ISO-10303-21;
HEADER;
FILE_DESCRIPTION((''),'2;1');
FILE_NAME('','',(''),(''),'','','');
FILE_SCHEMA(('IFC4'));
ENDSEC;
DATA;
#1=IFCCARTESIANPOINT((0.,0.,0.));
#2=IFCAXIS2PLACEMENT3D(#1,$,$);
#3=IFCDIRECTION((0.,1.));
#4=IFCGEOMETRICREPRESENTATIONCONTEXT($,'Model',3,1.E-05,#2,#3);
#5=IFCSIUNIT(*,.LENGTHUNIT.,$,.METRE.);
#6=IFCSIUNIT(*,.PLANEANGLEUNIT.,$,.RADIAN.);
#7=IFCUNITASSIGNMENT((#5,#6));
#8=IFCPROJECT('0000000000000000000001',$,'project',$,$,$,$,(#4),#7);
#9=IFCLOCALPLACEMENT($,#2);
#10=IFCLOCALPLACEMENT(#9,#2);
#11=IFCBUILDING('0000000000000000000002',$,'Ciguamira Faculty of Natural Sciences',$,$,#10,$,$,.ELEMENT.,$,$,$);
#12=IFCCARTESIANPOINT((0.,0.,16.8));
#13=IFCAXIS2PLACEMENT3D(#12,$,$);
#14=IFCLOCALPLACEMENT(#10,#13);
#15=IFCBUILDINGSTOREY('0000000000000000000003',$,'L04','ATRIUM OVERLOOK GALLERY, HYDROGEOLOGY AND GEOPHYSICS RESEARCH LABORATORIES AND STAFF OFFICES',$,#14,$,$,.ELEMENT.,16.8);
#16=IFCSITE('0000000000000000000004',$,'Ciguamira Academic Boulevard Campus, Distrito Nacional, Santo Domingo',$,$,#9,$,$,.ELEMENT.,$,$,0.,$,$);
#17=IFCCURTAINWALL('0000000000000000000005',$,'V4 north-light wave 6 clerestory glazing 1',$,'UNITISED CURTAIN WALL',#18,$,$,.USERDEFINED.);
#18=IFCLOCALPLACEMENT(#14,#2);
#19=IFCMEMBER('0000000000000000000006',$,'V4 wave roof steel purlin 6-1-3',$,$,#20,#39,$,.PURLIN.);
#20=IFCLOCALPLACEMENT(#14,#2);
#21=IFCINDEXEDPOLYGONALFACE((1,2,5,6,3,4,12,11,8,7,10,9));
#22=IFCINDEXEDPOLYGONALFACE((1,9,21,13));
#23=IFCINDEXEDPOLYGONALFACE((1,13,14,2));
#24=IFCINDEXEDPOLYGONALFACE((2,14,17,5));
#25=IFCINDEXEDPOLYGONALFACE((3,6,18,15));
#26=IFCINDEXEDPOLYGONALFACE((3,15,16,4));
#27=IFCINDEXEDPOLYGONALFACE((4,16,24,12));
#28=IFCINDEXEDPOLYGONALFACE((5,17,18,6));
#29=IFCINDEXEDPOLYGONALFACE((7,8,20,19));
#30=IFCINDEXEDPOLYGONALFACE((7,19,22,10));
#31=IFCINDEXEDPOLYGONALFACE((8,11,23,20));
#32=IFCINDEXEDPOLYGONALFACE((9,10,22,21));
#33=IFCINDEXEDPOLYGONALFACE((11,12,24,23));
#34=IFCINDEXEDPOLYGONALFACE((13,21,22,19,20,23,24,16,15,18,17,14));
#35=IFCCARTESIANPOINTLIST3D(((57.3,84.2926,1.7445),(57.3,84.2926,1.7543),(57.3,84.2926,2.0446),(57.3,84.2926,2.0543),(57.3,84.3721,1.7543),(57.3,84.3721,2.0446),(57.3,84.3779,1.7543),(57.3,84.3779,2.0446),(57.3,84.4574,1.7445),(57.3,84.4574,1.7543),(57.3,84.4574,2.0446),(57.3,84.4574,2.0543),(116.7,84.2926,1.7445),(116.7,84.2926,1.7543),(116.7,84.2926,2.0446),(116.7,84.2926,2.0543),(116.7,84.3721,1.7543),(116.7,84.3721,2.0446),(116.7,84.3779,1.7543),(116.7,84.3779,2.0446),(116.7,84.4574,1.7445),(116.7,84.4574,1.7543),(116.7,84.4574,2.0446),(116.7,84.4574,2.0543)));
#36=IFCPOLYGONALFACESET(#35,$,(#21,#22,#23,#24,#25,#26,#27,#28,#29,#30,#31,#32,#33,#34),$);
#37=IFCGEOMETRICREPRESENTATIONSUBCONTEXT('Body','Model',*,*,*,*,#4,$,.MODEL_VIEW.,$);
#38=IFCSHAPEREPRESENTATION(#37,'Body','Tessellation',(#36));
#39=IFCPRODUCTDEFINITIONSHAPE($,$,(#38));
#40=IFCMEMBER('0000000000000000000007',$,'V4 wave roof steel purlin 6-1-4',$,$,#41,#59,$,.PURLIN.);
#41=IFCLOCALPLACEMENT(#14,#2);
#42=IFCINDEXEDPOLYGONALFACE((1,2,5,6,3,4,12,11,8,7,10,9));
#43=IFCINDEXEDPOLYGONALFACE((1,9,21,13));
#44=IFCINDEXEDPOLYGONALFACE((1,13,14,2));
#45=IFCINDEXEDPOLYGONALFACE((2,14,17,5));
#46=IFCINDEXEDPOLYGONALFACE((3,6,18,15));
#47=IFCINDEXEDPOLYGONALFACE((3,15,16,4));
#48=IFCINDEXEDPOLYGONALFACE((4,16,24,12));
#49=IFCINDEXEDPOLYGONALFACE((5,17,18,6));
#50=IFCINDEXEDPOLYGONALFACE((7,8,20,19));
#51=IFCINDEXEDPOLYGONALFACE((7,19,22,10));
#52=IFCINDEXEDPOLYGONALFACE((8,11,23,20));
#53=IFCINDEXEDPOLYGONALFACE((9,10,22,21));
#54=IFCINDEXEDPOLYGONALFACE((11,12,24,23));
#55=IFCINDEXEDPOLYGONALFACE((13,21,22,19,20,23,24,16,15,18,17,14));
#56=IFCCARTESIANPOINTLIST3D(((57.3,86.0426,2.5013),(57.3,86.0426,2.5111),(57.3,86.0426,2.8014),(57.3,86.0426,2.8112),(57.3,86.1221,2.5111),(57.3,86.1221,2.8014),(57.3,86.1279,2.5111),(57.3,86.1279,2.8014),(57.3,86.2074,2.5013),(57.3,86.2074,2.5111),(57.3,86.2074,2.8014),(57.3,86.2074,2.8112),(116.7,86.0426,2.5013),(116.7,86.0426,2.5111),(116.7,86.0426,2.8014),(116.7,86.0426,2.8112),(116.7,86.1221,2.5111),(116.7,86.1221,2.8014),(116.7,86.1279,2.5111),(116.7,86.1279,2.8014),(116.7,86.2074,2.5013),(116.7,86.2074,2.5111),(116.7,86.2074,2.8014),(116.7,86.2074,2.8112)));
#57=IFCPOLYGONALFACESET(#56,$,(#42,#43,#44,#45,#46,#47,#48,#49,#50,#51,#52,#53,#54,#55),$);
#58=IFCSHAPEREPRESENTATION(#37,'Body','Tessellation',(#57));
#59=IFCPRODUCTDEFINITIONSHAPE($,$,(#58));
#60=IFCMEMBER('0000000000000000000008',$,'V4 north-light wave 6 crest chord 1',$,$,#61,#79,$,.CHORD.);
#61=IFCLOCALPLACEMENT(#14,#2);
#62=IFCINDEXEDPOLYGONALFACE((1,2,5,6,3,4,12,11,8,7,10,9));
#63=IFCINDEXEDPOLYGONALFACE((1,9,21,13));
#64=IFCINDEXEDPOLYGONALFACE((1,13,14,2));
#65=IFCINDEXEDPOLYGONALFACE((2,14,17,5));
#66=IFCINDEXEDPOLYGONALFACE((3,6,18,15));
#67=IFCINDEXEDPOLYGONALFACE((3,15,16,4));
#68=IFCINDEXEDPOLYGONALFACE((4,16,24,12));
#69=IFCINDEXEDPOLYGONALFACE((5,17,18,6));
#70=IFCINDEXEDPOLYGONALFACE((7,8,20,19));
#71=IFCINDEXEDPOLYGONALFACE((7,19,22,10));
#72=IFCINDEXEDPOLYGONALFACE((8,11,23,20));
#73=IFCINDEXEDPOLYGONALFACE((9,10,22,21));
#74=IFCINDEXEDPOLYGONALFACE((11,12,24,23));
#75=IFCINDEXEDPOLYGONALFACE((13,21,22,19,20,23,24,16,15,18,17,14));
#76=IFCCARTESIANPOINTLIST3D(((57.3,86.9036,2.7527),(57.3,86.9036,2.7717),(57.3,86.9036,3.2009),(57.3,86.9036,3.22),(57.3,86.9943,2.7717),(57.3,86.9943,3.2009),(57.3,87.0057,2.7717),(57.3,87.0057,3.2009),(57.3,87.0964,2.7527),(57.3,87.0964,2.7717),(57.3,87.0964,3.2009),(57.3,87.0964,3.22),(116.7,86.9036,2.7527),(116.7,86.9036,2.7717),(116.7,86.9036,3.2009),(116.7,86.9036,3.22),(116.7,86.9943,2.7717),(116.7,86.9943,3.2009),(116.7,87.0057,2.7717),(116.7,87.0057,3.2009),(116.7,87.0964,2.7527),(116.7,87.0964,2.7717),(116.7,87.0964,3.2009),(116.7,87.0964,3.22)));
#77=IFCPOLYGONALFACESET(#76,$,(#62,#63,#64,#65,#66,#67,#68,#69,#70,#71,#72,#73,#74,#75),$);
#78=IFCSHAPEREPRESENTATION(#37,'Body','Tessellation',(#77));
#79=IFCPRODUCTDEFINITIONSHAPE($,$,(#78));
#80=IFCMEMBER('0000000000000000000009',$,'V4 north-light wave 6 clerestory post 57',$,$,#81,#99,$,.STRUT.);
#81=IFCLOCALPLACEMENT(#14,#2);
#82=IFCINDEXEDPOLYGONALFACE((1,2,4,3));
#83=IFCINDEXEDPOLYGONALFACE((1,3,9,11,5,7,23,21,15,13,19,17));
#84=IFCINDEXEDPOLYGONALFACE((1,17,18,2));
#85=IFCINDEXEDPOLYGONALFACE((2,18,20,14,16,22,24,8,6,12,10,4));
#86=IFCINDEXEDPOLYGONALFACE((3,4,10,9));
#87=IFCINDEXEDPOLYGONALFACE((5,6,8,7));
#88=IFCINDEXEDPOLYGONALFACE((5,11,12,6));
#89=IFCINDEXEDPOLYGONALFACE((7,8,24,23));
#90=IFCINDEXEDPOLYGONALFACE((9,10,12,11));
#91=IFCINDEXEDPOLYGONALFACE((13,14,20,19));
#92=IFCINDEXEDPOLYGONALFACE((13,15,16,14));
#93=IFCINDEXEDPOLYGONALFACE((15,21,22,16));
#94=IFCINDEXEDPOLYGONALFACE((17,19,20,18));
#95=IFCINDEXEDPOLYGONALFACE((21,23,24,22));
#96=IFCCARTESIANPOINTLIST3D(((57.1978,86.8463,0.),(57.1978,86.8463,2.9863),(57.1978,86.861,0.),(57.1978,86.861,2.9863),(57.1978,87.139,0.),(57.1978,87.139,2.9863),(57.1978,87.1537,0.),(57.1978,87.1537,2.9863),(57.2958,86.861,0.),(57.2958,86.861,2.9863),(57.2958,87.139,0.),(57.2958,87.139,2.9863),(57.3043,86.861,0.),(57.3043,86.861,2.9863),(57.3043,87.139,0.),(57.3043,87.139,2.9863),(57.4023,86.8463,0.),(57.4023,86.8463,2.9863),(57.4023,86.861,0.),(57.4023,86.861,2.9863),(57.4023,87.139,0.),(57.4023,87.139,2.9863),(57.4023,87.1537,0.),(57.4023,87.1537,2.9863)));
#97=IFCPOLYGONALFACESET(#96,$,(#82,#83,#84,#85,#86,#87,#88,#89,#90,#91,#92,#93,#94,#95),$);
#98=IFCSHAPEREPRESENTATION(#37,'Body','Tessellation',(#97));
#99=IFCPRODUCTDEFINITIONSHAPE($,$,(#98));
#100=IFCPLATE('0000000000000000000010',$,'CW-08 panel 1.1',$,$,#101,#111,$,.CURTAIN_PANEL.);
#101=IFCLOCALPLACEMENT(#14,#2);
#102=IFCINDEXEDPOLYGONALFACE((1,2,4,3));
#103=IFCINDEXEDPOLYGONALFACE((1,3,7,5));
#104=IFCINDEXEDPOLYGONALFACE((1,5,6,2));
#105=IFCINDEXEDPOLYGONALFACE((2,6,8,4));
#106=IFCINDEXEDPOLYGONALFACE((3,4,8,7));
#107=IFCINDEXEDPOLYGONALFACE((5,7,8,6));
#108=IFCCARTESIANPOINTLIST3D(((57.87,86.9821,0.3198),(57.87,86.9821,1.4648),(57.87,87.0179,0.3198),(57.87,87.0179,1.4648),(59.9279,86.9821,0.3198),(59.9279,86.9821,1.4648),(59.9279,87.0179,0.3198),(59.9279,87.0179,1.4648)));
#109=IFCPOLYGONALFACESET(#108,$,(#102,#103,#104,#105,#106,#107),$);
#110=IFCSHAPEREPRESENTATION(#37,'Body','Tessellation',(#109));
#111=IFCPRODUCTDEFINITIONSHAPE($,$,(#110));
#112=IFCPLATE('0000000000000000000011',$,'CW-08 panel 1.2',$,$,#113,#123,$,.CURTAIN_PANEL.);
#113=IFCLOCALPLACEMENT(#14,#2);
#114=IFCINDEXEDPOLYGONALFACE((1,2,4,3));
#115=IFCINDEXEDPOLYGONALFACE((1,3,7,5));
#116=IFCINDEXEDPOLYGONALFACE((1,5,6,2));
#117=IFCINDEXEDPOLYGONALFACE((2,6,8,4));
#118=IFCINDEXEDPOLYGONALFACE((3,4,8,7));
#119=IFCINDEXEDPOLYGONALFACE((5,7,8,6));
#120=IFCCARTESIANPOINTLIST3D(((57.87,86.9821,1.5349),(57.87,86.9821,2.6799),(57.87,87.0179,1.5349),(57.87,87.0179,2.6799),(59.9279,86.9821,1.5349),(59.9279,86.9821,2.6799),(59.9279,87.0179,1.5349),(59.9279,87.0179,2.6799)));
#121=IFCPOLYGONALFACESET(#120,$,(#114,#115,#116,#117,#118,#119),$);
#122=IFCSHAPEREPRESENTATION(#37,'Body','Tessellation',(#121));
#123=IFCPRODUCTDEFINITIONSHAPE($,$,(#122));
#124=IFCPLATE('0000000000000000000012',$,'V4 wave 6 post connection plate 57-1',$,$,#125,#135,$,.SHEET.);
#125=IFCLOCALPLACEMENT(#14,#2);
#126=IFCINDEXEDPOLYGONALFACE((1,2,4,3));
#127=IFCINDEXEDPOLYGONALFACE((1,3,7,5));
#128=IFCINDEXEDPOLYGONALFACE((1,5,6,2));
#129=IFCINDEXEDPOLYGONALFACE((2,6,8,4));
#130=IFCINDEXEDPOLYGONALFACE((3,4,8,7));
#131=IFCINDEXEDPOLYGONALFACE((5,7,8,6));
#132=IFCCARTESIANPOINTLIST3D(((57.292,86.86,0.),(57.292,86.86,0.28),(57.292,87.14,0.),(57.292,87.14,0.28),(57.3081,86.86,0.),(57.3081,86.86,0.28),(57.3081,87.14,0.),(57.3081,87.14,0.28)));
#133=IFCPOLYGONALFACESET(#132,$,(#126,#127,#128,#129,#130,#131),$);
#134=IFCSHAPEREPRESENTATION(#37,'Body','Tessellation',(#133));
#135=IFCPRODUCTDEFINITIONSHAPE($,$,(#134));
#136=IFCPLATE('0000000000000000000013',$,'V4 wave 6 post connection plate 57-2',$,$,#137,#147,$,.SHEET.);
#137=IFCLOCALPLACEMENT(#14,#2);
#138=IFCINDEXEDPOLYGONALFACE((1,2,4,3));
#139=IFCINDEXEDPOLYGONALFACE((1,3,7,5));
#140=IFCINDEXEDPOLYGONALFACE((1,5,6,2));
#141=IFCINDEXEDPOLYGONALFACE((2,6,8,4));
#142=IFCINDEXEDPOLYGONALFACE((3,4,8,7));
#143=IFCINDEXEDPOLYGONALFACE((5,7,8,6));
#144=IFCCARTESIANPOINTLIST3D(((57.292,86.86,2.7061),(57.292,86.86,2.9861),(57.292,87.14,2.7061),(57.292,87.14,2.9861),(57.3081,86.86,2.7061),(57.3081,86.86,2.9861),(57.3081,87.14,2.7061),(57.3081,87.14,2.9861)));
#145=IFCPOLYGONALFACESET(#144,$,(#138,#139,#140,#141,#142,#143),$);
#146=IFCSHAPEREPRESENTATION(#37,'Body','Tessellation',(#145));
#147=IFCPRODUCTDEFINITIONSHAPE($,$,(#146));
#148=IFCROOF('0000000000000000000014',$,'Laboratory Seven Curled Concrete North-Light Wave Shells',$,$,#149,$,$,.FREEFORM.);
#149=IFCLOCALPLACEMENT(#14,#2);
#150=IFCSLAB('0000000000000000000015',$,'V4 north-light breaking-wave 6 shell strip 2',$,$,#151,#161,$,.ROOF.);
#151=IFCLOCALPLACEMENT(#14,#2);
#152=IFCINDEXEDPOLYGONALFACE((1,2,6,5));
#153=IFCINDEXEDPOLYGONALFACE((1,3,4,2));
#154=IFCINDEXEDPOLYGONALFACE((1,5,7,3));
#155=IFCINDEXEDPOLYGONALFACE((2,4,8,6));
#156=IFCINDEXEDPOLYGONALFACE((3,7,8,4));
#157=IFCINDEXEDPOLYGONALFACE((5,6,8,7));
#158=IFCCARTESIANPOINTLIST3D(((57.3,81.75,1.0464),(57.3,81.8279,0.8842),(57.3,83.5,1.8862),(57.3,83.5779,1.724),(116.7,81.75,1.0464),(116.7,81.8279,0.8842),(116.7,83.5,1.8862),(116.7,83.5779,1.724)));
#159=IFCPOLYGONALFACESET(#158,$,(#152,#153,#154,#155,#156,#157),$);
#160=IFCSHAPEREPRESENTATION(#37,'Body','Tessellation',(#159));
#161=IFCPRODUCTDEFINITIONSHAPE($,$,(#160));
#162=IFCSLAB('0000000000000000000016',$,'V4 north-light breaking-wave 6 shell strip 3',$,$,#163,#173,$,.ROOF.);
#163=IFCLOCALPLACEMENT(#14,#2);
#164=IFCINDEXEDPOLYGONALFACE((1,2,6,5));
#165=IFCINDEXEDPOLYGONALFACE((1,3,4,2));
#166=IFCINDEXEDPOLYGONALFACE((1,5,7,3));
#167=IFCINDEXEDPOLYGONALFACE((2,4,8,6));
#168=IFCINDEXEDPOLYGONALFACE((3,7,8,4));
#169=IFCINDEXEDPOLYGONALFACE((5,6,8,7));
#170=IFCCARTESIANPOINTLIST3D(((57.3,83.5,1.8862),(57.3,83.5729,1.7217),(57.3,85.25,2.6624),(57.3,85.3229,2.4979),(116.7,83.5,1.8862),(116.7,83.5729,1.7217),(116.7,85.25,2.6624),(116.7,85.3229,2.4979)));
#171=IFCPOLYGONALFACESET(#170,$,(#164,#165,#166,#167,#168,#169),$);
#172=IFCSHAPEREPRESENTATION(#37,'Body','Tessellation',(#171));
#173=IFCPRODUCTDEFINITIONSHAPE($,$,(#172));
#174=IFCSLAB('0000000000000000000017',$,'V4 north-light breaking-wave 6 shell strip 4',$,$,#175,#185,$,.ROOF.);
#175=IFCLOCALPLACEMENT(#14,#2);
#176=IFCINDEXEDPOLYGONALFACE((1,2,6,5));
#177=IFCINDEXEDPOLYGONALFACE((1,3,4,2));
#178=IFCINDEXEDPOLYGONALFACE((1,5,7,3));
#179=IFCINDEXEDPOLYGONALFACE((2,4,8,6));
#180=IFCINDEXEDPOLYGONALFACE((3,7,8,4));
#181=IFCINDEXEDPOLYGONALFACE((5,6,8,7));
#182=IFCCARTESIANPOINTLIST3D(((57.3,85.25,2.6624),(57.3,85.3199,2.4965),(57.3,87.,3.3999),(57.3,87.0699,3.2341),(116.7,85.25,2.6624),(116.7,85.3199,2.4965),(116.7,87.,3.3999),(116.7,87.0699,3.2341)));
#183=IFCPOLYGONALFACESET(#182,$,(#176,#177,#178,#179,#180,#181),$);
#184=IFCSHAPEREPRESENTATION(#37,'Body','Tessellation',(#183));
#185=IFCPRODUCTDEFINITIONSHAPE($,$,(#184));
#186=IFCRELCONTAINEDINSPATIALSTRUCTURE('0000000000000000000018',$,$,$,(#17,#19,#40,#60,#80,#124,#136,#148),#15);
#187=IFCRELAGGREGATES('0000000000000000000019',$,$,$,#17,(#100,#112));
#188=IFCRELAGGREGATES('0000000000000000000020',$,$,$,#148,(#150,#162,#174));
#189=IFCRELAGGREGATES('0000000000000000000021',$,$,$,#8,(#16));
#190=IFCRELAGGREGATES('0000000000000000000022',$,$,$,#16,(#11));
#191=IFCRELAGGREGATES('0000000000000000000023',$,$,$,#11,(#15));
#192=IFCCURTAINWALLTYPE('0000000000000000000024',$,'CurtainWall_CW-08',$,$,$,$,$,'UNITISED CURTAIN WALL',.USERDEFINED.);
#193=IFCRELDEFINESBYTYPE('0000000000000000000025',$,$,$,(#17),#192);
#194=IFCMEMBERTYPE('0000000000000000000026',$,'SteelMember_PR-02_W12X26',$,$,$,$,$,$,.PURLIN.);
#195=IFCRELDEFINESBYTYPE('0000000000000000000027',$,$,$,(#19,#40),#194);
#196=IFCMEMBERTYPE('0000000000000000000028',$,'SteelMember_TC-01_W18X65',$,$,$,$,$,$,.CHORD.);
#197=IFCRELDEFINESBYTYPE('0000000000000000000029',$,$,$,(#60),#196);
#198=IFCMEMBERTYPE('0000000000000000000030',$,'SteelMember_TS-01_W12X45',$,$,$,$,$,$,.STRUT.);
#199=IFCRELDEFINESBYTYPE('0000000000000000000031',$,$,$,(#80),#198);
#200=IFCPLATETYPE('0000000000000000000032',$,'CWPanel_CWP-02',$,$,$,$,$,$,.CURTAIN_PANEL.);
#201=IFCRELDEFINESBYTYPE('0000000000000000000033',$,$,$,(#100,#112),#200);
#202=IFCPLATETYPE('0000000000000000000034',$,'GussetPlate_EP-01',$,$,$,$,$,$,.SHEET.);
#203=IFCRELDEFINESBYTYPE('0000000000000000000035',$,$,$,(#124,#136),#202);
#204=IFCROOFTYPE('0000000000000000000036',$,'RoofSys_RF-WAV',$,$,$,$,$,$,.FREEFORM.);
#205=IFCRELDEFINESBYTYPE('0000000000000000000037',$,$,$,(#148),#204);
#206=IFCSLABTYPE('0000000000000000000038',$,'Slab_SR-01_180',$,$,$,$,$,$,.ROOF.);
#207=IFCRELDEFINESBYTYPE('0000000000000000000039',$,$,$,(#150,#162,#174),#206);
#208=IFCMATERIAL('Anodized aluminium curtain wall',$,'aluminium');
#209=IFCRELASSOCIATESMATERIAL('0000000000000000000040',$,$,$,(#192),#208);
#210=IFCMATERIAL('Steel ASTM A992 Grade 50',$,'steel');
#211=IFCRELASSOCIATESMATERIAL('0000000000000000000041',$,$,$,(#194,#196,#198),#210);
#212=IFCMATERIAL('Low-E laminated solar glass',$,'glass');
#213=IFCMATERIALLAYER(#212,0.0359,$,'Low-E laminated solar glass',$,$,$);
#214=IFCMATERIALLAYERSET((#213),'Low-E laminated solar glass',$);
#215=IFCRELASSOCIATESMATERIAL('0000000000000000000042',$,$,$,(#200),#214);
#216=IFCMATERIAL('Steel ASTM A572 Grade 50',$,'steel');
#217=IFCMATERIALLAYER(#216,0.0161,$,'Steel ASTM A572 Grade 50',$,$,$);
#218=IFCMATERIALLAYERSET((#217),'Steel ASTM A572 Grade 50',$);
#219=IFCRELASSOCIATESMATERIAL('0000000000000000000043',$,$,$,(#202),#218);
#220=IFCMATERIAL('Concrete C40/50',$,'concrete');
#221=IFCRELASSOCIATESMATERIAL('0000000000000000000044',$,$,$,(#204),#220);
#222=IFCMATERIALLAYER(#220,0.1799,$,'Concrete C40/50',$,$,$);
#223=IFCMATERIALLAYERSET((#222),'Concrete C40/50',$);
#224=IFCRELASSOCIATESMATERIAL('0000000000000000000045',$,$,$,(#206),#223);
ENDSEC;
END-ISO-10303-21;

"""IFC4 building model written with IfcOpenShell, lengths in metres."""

from ifc_helpers import new_model, si_unit, direction, frame, origin, origin_2d, place, context, subcontext, project, spatial, polyline, rectangle, i_section, outline, extrude, material, layer, layer_set, material_profile, profile_set, type_object, element, aggregate, save


model = new_model("IFC4")

# Units and contexts
model_context = context("Model", 3, precision=1e-05, world=origin(), true_north=direction((0.0, 1.0)))
body_context = subcontext(model_context, "Body", "Model", "MODEL_VIEW")
ifc_project = project(units=[si_unit("LENGTHUNIT", "METRE"), si_unit("PLANEANGLEUNIT", "RADIAN")], contexts=[model_context])

# Site, building, storey
site_placement = place(None, origin())
site = spatial("IfcSite", under=ifc_project, at=site_placement, Name="Ciguamira Academic Boulevard Campus, Distrito Nacional, Santo Domingo", CompositionType="ELEMENT", RefElevation=0.0)
building_placement = place(site_placement, origin())
building = spatial("IfcBuilding", under=site, at=building_placement, Name="Ciguamira Faculty of Natural Sciences", CompositionType="ELEMENT")
storey_placement = place(building_placement, frame((0.0, 0.0, 16.8)))
storey = spatial("IfcBuildingStorey", under=building, at=storey_placement, Name="L04", Description="ATRIUM OVERLOOK GALLERY, HYDROGEOLOGY AND GEOPHYSICS RESEARCH LABORATORIES AND STAFF OFFICES", CompositionType="ELEMENT", Elevation=16.8)

# Curtain wall
ifc_material_1 = material(Name="Anodized aluminium curtain wall", Category="aluminium")
curtain_wall_type = type_object("IfcCurtainWallType", Name="CurtainWall_CW-08", ElementType="UNITISED CURTAIN WALL", PredefinedType="USERDEFINED", material=ifc_material_1)
curtain_wall_placement = place(storey_placement, origin())
curtain_wall = element("IfcCurtainWall", 1, at=curtain_wall_placement, inside=storey, type_object=curtain_wall_type, Name="V4 north-light wave 6 clerestory glazing 1", ObjectType="UNITISED CURTAIN WALL", PredefinedType="USERDEFINED")

# Shared definitions
ifc_material_2 = material(Name="Concrete C40/50", Category="concrete")

# Members
ifc_material_3 = material(Name="Steel ASTM A992 Grade 50", Category="steel")
ifc_material_profile_1 = material_profile(ifc_material_3, i_section(OverallWidth=0.1648, OverallDepth=0.3098, WebThickness=0.0059, FlangeThickness=0.0098, at=origin_2d()), Name="W12X26")
ifc_profile_set_1 = profile_set([ifc_material_profile_1], Name="Steel ASTM A992 Grade 50")
member_type_1 = type_object("IfcMemberType", Name="SteelMember_PR-02_W12X26", PredefinedType="PURLIN", material=ifc_profile_set_1)
for number, where, z_axis, x_axis, name in (
    (2, (57.3, 84.375, 1.8994), (1.0, 0.0, 0.0), (0.0, 1.0, 0.0), "V4 wave roof steel purlin 6-1-3"),
    (3, (57.3, 86.125, 2.6562), (1.0, 0.0, 0.0), (0.0, 1.0, 0.0), "V4 wave roof steel purlin 6-1-4"),
):
    element("IfcMember", number, at=place(storey_placement, frame(where, z_axis=z_axis, x_axis=x_axis)), inside=storey, type_object=member_type_1, Name=name, PredefinedType="PURLIN", context=body_context, shape_type="SweptSolid", body=[
        extrude(i_section(OverallWidth=0.1648, OverallDepth=0.3098, WebThickness=0.0059, FlangeThickness=0.0098, at=origin_2d()), origin(), (0.0, 0.0, 1.0), 59.3999),
    ])
ifc_material_profile_2 = material_profile(ifc_material_3, i_section(OverallWidth=0.1929, OverallDepth=0.4673, WebThickness=0.0115, FlangeThickness=0.019, at=origin_2d()), Name="W18X65")
ifc_profile_set_2 = profile_set([ifc_material_profile_2], Name="Steel ASTM A992 Grade 50")
member_type_2 = type_object("IfcMemberType", Name="SteelMember_TC-01_W18X65", PredefinedType="CHORD", material=ifc_profile_set_2)
member_1_placement = place(storey_placement, frame((57.3, 87.0, 2.9863), z_axis=(1.0, 0.0, 0.0), x_axis=(0.0, 1.0, 0.0)))
element("IfcMember", 4, at=member_1_placement, inside=storey, type_object=member_type_2, Name="V4 north-light wave 6 crest chord 1", PredefinedType="CHORD", context=body_context, shape_type="SweptSolid", body=[
    extrude(i_section(OverallWidth=0.1929, OverallDepth=0.4673, WebThickness=0.0115, FlangeThickness=0.019, at=origin_2d()), origin(), (0.0, 0.0, 1.0), 59.3999),
])
ifc_material_profile_3 = material_profile(ifc_material_3, i_section(OverallWidth=0.2046, OverallDepth=0.3074, WebThickness=0.0085, FlangeThickness=0.0146, at=origin_2d()), Name="W12X45")
ifc_profile_set_3 = profile_set([ifc_material_profile_3], Name="Steel ASTM A992 Grade 50")
member_type_3 = type_object("IfcMemberType", Name="SteelMember_TS-01_W12X45", PredefinedType="STRUT", material=ifc_profile_set_3)
member_2_placement = place(storey_placement, frame((57.3, 87.0, 0.0), z_axis=(0.0, 0.0, 1.0), x_axis=(1.0, 0.0, 0.0)))
element("IfcMember", 5, at=member_2_placement, inside=storey, type_object=member_type_3, Name="V4 north-light wave 6 clerestory post 57", PredefinedType="STRUT", context=body_context, shape_type="SweptSolid", body=[
    extrude(i_section(OverallWidth=0.2046, OverallDepth=0.3074, WebThickness=0.0085, FlangeThickness=0.0146, at=origin_2d()), origin(), (0.0, 0.0, 1.0), 2.9863),
])

# Plates
ifc_material_4 = material(Name="Low-E laminated solar glass", Category="glass")
ifc_layer_1 = layer(ifc_material_4, 0.0359, Name="Low-E laminated solar glass")
ifc_layer_set_1 = layer_set([ifc_layer_1], Name="Low-E laminated solar glass")
plate_type_1 = type_object("IfcPlateType", Name="CWPanel_CWP-02", PredefinedType="CURTAIN_PANEL", material=ifc_layer_set_1)
plate_1_placement = place(storey_placement, frame((58.8989, 87.0, 0.3198), z_axis=(0.0, 0.0, 1.0), x_axis=(1.0, 0.0, 0.0)))
plate_1 = element("IfcPlate", 6, at=plate_1_placement, type_object=plate_type_1, Name="CW-08 panel 1.1", PredefinedType="CURTAIN_PANEL", context=body_context, shape_type="SweptSolid", body=[
    extrude(rectangle(XDim=2.0579, YDim=0.0359, at=origin_2d()), origin(), (0.0, 0.0, 1.0), 1.145),
])
plate_2_placement = place(storey_placement, frame((58.8989, 87.0, 1.5349), z_axis=(0.0, 0.0, 1.0), x_axis=(1.0, 0.0, 0.0)))
plate_2 = element("IfcPlate", 7, at=plate_2_placement, type_object=plate_type_1, Name="CW-08 panel 1.2", PredefinedType="CURTAIN_PANEL", context=body_context, shape_type="SweptSolid", body=[
    extrude(rectangle(XDim=2.0579, YDim=0.0359, at=origin_2d()), origin(), (0.0, 0.0, 1.0), 1.145),
])
aggregate(curtain_wall, [plate_1, plate_2])

# Plates
ifc_material_5 = material(Name="Steel ASTM A572 Grade 50", Category="steel")
ifc_layer_2 = layer(ifc_material_5, 0.0161, Name="Steel ASTM A572 Grade 50")
ifc_layer_set_2 = layer_set([ifc_layer_2], Name="Steel ASTM A572 Grade 50")
plate_type_2 = type_object("IfcPlateType", Name="GussetPlate_EP-01", PredefinedType="SHEET", material=ifc_layer_set_2)
for number, where, z_axis, x_axis, name in (
    (8, (57.3, 87.0, 0.0), (0.0, 0.0, 1.0), (1.0, 0.0, 0.0), "V4 wave 6 post connection plate 57-1"),
    (9, (57.3, 87.0, 2.7061), (0.0, 0.0, 1.0), (1.0, 0.0, 0.0), "V4 wave 6 post connection plate 57-2"),
):
    element("IfcPlate", number, at=place(storey_placement, frame(where, z_axis=z_axis, x_axis=x_axis)), inside=storey, type_object=plate_type_2, Name=name, PredefinedType="SHEET", context=body_context, shape_type="SweptSolid", body=[
        extrude(rectangle(XDim=0.0161, YDim=0.28, at=origin_2d()), origin(), (0.0, 0.0, 1.0), 0.28),
    ])

# Roof, slabs
roof_type = type_object("IfcRoofType", Name="RoofSys_RF-WAV", PredefinedType="FREEFORM", material=ifc_material_2)
roof_placement = place(storey_placement, origin())
roof = element("IfcRoof", 10, at=roof_placement, inside=storey, type_object=roof_type, Name="Laboratory Seven Curled Concrete North-Light Wave Shells", PredefinedType="FREEFORM")
ifc_layer_3 = layer(ifc_material_2, 0.1799, Name="Concrete C40/50")
ifc_layer_set_3 = layer_set([ifc_layer_3], Name="Concrete C40/50")
slab_type = type_object("IfcSlabType", Name="Slab_SR-01_180", PredefinedType="ROOF", material=ifc_layer_set_3)
slab_1_placement = place(storey_placement, frame((57.3, 81.75, 1.0464), z_axis=(0.0, -0.432666, 0.901554), x_axis=(1.0, 0.0, 0.0)))
slab_1 = element("IfcSlab", 11, at=slab_1_placement, type_object=slab_type, Name="V4 north-light breaking-wave 6 shell strip 2", PredefinedType="ROOF", context=body_context, shape_type="SweptSolid", body=[
    extrude(outline(polyline([(0.0, 0.0), (59.3999, 0.0), (59.3999, 1.9411), (0.0, 1.9411), (0.0, 0.0)])), origin(), (0.0, 0.0, -1.0), 0.1799),
])
slab_2_placement = place(storey_placement, frame((57.3, 83.5, 1.8862), z_axis=(0.0, -0.405417, 0.914132), x_axis=(1.0, 0.0, 0.0)))
slab_2 = element("IfcSlab", 12, at=slab_2_placement, type_object=slab_type, Name="V4 north-light breaking-wave 6 shell strip 3", PredefinedType="ROOF", context=body_context, shape_type="SweptSolid", body=[
    extrude(outline(polyline([(0.0, 0.0), (59.3999, 0.0), (59.3999, 1.9144), (0.0, 1.9144), (0.0, 0.0)])), origin(), (0.0, 0.0, -1.0), 0.1799),
])
slab_3_placement = place(storey_placement, frame((57.3, 85.25, 2.6624), z_axis=(0.0, -0.388373, 0.921502), x_axis=(1.0, 0.0, 0.0)))
slab_3 = element("IfcSlab", 13, at=slab_3_placement, type_object=slab_type, Name="V4 north-light breaking-wave 6 shell strip 4", PredefinedType="ROOF", context=body_context, shape_type="SweptSolid", body=[
    extrude(outline(polyline([(0.0, 0.0), (59.3999, 0.0), (59.3999, 1.8991), (0.0, 1.8991), (0.0, 0.0)])), origin(), (0.0, 0.0, -1.0), 0.1799),
])
aggregate(roof, [slab_1, slab_2, slab_3])

save(model, "model.ifc")
